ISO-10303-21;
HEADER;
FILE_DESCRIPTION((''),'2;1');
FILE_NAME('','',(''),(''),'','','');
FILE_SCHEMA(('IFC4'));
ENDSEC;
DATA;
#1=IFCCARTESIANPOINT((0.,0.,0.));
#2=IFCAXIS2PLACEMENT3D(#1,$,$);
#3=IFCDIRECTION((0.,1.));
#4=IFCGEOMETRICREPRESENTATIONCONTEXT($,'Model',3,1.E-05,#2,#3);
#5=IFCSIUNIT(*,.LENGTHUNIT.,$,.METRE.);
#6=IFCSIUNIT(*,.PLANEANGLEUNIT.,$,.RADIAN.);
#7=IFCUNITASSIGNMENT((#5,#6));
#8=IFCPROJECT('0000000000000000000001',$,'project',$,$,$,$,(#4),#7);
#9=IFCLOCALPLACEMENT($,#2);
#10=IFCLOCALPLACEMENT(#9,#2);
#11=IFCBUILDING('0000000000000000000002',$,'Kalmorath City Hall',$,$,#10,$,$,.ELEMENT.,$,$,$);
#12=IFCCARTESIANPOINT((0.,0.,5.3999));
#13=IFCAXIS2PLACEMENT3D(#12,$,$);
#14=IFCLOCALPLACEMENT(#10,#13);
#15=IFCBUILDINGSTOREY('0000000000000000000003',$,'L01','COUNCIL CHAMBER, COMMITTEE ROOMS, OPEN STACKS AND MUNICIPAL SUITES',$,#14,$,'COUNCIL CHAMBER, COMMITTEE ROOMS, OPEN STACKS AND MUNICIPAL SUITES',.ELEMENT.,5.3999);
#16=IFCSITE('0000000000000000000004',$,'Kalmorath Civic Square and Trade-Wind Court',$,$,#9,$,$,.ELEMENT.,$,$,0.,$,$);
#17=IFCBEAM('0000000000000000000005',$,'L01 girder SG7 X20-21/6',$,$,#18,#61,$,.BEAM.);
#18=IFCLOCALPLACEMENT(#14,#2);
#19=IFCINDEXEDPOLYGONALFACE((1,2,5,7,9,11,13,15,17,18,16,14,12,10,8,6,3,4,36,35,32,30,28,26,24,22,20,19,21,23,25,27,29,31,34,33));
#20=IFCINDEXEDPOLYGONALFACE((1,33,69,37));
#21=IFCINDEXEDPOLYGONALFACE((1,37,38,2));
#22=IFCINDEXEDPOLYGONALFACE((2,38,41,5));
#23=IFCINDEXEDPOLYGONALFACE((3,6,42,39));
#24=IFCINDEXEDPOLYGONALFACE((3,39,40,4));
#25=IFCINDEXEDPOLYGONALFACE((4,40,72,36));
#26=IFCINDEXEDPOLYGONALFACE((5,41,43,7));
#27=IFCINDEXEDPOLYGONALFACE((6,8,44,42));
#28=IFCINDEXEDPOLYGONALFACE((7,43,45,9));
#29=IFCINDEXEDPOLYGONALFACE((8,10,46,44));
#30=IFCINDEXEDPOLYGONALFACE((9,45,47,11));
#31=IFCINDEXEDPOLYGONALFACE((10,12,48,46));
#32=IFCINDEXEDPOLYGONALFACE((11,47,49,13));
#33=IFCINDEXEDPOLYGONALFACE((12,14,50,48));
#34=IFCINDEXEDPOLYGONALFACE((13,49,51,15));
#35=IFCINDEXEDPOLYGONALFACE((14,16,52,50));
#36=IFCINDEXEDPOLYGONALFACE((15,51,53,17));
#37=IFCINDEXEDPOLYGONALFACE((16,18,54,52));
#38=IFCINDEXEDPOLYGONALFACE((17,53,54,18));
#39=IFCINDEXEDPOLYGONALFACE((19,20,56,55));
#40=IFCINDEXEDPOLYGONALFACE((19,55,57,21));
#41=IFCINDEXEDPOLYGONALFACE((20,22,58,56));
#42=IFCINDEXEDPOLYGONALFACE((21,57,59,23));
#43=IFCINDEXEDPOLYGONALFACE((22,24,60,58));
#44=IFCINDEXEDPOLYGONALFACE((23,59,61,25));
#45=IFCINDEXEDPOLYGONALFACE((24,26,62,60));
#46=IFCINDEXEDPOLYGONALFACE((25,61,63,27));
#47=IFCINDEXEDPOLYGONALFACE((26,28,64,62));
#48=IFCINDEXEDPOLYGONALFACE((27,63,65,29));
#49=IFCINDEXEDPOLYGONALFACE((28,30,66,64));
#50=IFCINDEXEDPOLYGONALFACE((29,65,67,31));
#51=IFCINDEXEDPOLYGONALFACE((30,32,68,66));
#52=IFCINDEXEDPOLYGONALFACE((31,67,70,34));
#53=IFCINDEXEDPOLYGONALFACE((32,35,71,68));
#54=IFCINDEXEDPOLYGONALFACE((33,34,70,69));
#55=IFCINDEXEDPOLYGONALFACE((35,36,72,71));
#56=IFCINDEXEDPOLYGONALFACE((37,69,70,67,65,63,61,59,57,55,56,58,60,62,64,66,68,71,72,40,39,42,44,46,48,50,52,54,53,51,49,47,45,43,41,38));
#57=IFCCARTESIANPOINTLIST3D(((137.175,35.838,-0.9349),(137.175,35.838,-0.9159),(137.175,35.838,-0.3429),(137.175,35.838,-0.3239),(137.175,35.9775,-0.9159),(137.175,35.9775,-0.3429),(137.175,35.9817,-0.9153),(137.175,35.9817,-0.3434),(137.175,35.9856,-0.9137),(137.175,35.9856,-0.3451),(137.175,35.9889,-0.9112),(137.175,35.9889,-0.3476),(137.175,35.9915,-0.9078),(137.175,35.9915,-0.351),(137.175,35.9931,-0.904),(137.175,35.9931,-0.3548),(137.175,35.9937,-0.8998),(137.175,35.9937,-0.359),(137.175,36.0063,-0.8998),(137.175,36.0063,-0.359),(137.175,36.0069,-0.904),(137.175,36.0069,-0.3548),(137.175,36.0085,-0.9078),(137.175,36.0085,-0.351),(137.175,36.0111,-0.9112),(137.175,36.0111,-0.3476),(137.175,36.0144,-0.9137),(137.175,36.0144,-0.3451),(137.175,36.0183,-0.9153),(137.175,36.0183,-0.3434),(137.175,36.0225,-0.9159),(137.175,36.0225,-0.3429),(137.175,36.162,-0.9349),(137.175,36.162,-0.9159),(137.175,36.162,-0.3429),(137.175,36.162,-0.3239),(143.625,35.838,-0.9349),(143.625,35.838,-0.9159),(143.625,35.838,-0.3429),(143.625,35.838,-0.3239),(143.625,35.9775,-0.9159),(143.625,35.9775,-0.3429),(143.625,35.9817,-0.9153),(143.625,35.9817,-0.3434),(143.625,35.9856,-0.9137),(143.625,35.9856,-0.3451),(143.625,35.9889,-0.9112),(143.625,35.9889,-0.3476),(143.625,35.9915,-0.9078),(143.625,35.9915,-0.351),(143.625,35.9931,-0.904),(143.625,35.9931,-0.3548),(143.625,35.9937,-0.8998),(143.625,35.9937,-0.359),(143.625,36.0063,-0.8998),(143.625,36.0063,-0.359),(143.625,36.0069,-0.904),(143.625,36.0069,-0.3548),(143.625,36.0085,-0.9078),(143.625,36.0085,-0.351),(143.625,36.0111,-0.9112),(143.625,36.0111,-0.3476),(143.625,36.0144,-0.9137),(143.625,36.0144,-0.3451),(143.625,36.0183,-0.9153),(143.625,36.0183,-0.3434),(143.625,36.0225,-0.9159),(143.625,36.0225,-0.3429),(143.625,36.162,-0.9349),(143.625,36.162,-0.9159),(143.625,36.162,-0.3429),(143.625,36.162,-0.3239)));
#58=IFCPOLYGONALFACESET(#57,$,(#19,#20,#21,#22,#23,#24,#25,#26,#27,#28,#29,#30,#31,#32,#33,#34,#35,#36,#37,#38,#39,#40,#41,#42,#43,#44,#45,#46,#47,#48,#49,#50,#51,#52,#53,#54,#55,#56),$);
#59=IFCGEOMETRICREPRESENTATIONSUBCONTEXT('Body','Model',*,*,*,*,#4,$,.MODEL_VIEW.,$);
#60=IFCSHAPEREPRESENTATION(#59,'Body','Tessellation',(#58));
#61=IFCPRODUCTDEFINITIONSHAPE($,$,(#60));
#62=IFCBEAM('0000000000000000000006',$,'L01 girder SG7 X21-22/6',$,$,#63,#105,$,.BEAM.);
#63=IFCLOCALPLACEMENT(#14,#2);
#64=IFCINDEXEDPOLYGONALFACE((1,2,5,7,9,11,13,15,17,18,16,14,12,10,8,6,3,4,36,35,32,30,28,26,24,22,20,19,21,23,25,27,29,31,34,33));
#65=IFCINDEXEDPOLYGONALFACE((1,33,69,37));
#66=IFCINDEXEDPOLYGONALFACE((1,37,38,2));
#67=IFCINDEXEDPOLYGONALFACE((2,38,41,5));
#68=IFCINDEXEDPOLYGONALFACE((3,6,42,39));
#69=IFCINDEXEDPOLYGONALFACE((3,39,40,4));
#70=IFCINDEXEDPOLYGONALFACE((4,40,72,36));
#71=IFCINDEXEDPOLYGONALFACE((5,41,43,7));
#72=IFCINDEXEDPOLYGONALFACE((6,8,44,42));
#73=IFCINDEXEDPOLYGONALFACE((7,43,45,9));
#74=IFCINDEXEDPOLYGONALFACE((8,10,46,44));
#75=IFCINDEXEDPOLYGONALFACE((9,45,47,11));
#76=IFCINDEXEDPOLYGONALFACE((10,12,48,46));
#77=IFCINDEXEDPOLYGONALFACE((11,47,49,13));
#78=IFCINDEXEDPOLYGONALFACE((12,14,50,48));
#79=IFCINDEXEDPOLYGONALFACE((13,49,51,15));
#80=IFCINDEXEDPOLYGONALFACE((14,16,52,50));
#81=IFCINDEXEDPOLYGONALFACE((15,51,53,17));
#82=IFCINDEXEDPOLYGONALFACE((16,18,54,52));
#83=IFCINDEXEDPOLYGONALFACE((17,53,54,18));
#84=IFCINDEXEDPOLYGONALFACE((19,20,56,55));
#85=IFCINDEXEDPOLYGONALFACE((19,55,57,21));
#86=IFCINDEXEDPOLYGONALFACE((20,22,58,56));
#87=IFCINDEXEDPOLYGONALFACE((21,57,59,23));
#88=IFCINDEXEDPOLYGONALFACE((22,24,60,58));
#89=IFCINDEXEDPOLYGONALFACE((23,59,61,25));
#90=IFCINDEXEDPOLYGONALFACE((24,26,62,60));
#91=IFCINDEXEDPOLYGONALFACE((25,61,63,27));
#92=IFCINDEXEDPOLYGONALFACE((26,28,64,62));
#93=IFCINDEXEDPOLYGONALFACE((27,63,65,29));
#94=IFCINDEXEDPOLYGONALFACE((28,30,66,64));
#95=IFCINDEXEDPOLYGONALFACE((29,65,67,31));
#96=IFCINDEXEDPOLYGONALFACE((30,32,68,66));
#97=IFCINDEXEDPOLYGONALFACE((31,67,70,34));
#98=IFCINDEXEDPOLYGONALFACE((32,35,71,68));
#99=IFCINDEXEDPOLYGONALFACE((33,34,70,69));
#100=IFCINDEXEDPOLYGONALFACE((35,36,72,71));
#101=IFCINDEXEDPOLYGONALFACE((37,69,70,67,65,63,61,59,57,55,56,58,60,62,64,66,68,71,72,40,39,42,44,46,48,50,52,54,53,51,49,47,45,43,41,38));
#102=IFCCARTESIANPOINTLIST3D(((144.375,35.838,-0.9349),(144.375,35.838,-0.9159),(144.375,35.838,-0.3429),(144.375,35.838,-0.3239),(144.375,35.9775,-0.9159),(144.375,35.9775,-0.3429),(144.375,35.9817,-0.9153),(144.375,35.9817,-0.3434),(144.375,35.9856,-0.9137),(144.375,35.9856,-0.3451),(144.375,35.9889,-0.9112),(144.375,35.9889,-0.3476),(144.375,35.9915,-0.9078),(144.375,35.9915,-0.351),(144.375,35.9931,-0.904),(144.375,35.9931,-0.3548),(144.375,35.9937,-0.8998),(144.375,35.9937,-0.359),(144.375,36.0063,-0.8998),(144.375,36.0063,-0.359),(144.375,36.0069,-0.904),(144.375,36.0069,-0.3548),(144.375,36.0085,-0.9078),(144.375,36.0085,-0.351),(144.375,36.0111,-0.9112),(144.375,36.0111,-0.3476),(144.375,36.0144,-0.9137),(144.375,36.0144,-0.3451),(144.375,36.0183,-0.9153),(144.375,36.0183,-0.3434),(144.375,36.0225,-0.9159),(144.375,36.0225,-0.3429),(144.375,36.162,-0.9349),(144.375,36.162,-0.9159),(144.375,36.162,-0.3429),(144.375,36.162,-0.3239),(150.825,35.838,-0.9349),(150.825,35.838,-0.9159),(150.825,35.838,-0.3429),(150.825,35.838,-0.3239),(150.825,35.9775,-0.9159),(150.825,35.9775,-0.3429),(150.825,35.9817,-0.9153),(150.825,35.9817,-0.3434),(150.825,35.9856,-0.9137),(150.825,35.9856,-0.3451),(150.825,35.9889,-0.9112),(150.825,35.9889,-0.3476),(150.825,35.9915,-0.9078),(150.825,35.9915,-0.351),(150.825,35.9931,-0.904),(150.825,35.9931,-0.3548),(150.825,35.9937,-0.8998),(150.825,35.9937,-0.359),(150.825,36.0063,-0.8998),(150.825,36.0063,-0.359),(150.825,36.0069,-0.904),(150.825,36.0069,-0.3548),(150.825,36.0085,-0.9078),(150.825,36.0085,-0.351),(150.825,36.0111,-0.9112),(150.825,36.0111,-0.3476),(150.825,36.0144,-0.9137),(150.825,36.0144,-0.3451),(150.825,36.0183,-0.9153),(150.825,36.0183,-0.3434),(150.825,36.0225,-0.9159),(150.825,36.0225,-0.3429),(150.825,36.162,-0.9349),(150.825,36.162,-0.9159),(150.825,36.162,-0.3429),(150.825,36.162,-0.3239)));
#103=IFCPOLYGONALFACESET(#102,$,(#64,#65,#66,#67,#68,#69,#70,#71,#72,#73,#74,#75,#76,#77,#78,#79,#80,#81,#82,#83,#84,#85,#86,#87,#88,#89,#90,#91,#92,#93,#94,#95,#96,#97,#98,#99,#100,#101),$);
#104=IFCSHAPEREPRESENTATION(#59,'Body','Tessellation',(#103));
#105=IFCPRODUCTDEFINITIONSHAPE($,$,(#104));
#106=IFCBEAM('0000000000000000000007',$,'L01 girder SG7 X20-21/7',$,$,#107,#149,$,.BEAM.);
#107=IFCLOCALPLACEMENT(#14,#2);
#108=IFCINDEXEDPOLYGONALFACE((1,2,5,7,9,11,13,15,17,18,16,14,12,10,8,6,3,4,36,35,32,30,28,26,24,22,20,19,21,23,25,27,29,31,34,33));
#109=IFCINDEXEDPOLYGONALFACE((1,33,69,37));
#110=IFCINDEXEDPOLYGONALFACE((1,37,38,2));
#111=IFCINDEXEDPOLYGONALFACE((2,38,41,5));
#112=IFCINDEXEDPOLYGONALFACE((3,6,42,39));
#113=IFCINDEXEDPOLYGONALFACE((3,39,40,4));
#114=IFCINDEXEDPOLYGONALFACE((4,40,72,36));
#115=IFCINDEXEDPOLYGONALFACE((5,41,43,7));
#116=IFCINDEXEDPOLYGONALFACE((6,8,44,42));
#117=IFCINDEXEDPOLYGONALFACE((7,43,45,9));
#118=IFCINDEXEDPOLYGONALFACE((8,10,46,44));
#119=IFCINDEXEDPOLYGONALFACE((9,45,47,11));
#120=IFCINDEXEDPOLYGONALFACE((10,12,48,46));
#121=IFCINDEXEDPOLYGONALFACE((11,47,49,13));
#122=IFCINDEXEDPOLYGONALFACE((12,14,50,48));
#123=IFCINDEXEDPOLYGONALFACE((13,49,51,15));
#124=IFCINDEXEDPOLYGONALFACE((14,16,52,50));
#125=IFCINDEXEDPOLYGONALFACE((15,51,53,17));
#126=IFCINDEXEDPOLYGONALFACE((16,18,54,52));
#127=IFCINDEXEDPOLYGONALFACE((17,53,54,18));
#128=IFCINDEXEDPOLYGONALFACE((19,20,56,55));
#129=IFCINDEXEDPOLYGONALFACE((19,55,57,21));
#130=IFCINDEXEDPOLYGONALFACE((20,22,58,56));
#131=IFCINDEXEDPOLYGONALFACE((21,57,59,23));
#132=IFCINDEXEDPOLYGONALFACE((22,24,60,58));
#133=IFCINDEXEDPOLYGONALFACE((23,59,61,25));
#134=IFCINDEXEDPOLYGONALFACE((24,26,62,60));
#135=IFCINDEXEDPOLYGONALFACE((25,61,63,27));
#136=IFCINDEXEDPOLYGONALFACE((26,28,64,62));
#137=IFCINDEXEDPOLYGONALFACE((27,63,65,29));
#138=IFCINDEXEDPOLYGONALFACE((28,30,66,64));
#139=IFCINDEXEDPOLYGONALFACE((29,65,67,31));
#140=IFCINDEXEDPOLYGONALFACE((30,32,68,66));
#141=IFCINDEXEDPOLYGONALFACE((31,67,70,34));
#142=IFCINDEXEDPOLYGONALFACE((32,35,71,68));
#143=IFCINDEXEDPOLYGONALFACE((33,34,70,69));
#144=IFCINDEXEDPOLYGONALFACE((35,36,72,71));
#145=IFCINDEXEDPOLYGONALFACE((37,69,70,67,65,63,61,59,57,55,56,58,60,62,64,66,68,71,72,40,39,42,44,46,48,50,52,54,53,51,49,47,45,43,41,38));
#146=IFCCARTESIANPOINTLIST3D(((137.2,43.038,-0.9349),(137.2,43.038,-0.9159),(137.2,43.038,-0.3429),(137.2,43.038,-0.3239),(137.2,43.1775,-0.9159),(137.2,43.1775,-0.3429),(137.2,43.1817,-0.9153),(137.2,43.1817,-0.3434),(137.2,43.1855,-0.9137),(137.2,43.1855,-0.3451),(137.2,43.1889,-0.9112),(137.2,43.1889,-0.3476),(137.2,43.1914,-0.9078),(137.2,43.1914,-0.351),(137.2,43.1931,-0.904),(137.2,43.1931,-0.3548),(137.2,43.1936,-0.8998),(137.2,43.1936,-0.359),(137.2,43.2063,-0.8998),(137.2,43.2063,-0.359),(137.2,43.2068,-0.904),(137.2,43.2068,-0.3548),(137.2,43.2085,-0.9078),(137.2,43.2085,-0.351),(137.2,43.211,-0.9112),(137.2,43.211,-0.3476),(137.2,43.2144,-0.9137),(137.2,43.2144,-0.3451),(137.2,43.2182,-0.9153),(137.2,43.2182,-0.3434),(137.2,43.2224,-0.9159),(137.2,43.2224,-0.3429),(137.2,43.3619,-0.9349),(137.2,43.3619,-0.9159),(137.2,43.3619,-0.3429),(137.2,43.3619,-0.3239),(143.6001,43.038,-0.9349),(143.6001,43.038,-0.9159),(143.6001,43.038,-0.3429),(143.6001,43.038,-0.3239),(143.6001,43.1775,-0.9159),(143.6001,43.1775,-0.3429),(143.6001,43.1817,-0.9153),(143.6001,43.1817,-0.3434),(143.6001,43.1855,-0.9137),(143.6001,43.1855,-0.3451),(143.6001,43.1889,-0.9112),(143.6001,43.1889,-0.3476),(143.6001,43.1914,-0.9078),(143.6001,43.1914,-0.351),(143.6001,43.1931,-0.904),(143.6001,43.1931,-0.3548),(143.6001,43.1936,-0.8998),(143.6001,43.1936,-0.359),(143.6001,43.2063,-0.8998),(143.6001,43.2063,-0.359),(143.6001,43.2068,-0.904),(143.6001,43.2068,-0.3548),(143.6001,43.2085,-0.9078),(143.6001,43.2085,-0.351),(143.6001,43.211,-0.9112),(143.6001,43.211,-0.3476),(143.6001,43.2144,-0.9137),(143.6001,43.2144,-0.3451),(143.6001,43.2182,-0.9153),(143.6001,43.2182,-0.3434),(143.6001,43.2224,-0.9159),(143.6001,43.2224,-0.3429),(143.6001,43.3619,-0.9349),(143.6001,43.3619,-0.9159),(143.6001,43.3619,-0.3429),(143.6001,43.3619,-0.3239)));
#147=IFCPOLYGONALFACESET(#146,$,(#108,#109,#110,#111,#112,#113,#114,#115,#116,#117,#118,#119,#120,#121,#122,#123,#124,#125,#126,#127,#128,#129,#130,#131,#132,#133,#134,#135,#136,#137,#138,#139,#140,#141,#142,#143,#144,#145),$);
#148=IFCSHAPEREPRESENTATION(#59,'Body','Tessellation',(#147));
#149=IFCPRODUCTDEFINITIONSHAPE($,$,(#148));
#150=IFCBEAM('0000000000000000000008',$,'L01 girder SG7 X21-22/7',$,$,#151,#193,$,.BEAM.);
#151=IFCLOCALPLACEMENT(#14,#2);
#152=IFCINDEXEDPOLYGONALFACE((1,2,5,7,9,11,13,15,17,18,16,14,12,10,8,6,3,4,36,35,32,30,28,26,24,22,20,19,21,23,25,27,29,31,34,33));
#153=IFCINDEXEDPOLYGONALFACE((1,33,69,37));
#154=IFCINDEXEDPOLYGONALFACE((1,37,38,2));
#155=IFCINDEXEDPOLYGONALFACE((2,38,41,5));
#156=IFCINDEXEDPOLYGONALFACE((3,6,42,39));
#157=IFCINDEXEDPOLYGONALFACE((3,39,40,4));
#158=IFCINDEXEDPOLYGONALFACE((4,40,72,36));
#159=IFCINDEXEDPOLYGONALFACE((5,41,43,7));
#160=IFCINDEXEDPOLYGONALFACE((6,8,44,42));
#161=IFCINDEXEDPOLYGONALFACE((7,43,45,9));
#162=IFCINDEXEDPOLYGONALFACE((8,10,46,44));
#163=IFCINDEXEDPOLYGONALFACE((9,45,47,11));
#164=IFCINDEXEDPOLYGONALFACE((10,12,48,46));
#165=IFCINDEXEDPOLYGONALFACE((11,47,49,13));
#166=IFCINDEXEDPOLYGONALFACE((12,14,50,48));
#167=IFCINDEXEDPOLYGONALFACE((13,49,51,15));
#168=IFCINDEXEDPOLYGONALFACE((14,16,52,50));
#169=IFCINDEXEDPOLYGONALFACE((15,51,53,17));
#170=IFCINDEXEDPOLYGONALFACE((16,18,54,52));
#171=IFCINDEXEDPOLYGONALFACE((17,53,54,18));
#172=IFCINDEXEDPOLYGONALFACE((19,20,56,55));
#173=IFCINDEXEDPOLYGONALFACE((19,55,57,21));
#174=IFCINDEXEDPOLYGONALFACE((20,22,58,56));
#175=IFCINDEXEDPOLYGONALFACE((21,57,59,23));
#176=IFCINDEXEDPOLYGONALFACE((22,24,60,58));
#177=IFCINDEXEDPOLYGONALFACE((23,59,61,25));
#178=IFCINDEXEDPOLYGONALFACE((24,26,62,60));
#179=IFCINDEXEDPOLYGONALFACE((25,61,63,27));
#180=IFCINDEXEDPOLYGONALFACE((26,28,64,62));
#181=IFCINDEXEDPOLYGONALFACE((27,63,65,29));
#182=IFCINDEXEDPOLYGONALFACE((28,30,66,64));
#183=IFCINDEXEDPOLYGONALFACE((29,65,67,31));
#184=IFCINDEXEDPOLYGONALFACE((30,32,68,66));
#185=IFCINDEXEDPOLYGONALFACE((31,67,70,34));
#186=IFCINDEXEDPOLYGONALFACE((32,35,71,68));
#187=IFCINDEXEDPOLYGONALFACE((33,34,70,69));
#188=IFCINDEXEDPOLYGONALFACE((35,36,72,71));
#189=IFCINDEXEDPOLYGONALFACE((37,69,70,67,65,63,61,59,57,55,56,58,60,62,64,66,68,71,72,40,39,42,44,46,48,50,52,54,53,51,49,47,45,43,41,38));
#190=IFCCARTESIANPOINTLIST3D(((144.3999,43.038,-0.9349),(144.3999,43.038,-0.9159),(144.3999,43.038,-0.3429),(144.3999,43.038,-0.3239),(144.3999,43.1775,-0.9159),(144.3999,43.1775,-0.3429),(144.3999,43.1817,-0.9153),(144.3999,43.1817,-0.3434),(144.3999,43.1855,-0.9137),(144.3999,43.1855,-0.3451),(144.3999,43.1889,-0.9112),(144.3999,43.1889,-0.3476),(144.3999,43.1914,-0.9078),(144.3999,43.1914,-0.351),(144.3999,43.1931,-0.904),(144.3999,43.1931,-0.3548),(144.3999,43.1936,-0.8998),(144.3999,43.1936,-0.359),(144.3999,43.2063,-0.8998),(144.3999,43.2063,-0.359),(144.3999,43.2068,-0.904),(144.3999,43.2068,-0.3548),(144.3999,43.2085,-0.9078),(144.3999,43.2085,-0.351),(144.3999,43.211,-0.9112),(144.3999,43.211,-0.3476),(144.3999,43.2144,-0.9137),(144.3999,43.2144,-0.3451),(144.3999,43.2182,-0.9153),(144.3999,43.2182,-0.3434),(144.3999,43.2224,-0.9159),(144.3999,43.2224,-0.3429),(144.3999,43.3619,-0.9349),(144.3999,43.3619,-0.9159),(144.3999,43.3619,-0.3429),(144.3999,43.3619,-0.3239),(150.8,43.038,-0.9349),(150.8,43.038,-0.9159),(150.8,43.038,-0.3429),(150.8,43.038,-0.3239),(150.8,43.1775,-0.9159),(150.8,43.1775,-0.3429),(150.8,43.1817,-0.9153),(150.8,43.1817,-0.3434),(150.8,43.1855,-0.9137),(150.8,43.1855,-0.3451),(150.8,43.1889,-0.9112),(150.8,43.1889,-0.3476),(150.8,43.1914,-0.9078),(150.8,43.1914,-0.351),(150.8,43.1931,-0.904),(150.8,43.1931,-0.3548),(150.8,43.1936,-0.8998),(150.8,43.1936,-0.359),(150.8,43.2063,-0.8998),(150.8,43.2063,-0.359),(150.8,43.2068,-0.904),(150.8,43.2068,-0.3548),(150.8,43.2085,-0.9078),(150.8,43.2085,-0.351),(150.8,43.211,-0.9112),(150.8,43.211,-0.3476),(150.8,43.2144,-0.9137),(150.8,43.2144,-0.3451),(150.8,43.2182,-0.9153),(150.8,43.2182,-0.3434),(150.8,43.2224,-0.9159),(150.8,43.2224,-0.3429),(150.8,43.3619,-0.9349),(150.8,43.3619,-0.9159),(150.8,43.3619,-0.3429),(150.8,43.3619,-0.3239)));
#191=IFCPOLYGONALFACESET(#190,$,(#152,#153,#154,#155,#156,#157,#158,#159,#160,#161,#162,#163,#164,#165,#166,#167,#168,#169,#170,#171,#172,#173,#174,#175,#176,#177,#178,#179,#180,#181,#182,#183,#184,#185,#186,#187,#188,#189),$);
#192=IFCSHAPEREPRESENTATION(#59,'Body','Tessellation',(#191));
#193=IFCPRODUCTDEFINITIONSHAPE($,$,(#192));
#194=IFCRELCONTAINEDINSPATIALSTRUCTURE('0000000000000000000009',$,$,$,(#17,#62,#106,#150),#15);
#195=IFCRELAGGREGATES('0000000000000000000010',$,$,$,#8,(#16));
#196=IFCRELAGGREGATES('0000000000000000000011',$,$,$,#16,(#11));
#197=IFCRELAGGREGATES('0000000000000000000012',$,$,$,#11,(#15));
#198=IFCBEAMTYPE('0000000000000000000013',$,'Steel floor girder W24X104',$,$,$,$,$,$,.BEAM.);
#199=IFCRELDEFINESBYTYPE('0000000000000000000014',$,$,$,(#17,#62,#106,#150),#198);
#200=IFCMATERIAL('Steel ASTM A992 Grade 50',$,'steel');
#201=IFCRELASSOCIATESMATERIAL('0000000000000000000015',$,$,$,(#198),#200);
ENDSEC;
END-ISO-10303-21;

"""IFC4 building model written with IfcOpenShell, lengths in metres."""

from ifc_helpers import new_model, si_unit, direction, frame, origin, origin_2d, place, context, subcontext, project, spatial, i_section, extrude, material, material_profile, profile_set, type_object, element, save


model = new_model("IFC4")

# Units and contexts
model_context = context("Model", 3, precision=1e-05, world=origin(), true_north=direction((0.0, 1.0)))
body_context = subcontext(model_context, "Body", "Model", "MODEL_VIEW")
ifc_project = project(units=[si_unit("LENGTHUNIT", "METRE"), si_unit("PLANEANGLEUNIT", "RADIAN")], contexts=[model_context])

# Site, building, storey
site_placement = place(None, origin())
site = spatial("IfcSite", under=ifc_project, at=site_placement, Name="Kalmorath Civic Square and Trade-Wind Court", CompositionType="ELEMENT", RefElevation=0.0)
building_placement = place(site_placement, origin())
building = spatial("IfcBuilding", under=site, at=building_placement, Name="Kalmorath City Hall", CompositionType="ELEMENT")
storey_placement = place(building_placement, frame((0.0, 0.0, 5.3999)))
storey = spatial("IfcBuildingStorey", under=building, at=storey_placement, Name="L01", Description="COUNCIL CHAMBER, COMMITTEE ROOMS, OPEN STACKS AND MUNICIPAL SUITES", LongName="COUNCIL CHAMBER, COMMITTEE ROOMS, OPEN STACKS AND MUNICIPAL SUITES", CompositionType="ELEMENT", Elevation=5.3999)

# Beams
ifc_material_1 = material(Name="Steel ASTM A992 Grade 50", Category="steel")
ifc_material_profile_1 = material_profile(ifc_material_1, i_section(OverallWidth=0.324, OverallDepth=0.6111, WebThickness=0.0127, FlangeThickness=0.019, FilletRadius=0.0161, at=origin_2d()), Name="W24X104")
ifc_profile_set_1 = profile_set([ifc_material_profile_1], Name="Steel ASTM A992 Grade 50")
beam_type_1 = type_object("IfcBeamType", Name="Steel floor girder W24X104", PredefinedType="BEAM", material=ifc_profile_set_1)
for number, where, z_axis, x_axis, name in (
    (1, (137.175, 36.0, -0.6294), (1.0, 0.0, 0.0), (0.0, 1.0, 0.0), "L01 girder SG7 X20-21/6"),
    (2, (144.375, 36.0, -0.6294), (1.0, 0.0, 0.0), (0.0, 1.0, 0.0), "L01 girder SG7 X21-22/6"),
):
    element("IfcBeam", number, at=place(storey_placement, frame(where, z_axis=z_axis, x_axis=x_axis)), inside=storey, type_object=beam_type_1, Name=name, PredefinedType="BEAM", context=body_context, shape_type="SweptSolid", body=[
        extrude(i_section(OverallWidth=0.324, OverallDepth=0.6111, WebThickness=0.0127, FlangeThickness=0.019, FilletRadius=0.0161, at=origin_2d()), origin(), (0.0, 0.0, 1.0), 6.45),
    ])
for number, where, z_axis, x_axis, name in (
    (3, (137.2, 43.2, -0.6294), (1.0, 0.0, 0.0), (0.0, 1.0, 0.0), "L01 girder SG7 X20-21/7"),
    (4, (144.3999, 43.2, -0.6294), (1.0, 0.0, 0.0), (0.0, 1.0, 0.0), "L01 girder SG7 X21-22/7"),
):
    element("IfcBeam", number, at=place(storey_placement, frame(where, z_axis=z_axis, x_axis=x_axis)), inside=storey, type_object=beam_type_1, Name=name, PredefinedType="BEAM", context=body_context, shape_type="SweptSolid", body=[
        extrude(i_section(OverallWidth=0.324, OverallDepth=0.6111, WebThickness=0.0127, FlangeThickness=0.019, FilletRadius=0.0161, at=origin_2d()), origin(), (0.0, 0.0, 1.0), 6.4001),
    ])

save(model, "model.ifc")
